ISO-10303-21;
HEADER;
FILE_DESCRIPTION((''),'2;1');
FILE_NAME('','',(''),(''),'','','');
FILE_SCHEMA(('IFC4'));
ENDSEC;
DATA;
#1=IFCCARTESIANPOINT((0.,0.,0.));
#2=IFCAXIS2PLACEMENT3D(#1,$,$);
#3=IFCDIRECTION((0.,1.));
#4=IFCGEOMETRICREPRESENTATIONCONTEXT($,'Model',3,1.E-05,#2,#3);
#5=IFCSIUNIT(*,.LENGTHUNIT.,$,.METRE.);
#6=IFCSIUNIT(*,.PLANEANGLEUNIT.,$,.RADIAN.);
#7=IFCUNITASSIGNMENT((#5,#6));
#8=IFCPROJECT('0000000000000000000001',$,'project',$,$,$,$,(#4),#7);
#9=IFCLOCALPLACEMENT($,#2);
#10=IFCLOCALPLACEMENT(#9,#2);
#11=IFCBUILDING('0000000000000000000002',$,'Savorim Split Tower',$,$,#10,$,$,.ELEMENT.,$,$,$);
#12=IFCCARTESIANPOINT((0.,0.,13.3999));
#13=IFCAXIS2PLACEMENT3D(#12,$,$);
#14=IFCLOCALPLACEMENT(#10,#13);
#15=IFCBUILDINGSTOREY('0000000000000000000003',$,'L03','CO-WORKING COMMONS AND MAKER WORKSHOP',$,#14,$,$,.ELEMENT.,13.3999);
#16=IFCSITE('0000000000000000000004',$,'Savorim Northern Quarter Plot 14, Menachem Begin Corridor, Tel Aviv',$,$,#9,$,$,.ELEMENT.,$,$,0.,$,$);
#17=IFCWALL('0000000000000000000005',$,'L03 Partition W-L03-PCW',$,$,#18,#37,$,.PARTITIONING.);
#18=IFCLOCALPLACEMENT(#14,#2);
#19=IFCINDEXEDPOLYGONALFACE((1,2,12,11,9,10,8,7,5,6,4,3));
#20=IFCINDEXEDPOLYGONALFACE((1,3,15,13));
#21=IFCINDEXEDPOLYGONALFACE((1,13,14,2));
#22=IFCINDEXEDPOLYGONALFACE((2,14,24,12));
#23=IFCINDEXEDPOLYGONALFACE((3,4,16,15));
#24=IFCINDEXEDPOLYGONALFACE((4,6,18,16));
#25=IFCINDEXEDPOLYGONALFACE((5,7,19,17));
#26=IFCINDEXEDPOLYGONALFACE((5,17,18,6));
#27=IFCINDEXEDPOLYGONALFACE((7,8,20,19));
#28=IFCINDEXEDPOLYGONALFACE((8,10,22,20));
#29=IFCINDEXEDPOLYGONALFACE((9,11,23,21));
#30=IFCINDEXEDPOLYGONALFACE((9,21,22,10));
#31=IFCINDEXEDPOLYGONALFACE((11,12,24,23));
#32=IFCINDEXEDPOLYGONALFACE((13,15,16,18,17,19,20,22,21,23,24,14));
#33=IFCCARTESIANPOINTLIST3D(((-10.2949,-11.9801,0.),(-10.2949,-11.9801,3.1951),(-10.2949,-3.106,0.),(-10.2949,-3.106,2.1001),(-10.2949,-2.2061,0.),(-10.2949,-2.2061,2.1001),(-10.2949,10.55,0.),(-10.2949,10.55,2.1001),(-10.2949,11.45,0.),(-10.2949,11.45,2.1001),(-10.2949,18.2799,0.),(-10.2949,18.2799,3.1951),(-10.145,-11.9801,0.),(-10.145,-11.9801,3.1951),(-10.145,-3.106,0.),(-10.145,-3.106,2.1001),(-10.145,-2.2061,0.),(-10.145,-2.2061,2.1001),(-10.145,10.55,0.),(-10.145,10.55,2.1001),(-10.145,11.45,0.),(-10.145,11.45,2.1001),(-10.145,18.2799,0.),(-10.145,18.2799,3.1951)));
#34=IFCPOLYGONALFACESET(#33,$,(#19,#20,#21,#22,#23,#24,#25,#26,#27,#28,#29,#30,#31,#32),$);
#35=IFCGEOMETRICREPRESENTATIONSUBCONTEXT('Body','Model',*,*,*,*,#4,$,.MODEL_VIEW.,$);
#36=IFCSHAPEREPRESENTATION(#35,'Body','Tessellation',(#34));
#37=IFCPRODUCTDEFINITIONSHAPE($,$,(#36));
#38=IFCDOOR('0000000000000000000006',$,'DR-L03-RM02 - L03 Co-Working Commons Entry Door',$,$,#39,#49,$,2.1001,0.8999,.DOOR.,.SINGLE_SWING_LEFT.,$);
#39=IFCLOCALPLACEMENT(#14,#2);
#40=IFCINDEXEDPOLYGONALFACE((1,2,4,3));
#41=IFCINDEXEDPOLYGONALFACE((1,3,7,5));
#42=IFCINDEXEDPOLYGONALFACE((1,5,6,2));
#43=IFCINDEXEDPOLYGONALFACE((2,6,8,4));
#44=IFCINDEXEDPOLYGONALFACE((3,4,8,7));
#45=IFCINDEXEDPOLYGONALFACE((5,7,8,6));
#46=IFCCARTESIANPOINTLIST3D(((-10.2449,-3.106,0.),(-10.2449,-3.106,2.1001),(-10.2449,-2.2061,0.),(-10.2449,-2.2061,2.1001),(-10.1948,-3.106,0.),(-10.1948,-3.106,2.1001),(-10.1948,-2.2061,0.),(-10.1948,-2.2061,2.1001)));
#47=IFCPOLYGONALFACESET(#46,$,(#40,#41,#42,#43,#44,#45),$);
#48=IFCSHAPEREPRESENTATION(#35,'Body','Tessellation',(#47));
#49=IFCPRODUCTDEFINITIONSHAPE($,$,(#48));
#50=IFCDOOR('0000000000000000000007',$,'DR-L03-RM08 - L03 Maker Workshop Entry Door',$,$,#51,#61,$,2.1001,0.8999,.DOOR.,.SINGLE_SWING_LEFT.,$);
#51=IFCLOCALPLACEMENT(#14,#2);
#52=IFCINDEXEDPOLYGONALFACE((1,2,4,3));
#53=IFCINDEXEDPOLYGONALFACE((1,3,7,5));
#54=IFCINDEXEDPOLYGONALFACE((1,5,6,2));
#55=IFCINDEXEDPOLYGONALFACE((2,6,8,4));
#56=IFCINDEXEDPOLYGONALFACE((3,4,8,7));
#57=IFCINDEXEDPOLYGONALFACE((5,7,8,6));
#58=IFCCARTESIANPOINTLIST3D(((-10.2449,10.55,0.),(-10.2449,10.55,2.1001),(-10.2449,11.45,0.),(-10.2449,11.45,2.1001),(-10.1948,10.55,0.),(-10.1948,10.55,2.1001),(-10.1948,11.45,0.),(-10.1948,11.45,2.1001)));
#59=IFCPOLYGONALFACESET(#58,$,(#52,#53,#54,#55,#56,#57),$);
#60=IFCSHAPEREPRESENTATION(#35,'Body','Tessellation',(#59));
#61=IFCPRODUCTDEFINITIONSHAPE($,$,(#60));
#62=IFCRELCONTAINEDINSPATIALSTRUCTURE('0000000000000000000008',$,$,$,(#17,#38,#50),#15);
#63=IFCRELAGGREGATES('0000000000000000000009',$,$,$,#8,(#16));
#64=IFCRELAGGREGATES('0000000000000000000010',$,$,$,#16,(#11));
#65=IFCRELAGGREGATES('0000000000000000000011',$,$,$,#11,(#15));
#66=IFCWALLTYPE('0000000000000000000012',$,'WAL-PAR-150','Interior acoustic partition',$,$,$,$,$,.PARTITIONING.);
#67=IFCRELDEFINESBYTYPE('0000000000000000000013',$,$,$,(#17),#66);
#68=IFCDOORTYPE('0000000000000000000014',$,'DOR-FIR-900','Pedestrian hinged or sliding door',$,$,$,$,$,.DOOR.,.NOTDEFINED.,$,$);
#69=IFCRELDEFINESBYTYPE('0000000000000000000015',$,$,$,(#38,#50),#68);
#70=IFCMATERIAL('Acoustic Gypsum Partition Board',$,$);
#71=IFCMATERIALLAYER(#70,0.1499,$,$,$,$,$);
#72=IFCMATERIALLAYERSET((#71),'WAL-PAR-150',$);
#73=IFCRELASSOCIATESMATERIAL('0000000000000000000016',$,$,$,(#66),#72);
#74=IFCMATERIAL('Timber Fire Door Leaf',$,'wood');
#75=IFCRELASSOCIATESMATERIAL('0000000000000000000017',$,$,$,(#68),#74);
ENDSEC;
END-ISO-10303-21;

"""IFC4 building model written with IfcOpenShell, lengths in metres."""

from ifc_helpers import new_model, si_unit, direction, frame, frame_2d, origin, place, context, subcontext, project, spatial, rectangle, extrude, material, layer, layer_set, type_object, element, fill, save


model = new_model("IFC4")

# Units and contexts
model_context = context("Model", 3, precision=1e-05, world=origin(), true_north=direction((0.0, 1.0)))
body_context = subcontext(model_context, "Body", "Model", "MODEL_VIEW")
ifc_project = project(units=[si_unit("LENGTHUNIT", "METRE"), si_unit("PLANEANGLEUNIT", "RADIAN")], contexts=[model_context])

# Site, building, storey
site_placement = place(None, origin())
site = spatial("IfcSite", under=ifc_project, at=site_placement, Name="Savorim Northern Quarter Plot 14, Menachem Begin Corridor, Tel Aviv", CompositionType="ELEMENT", RefElevation=0.0)
building_placement = place(site_placement, origin())
building = spatial("IfcBuilding", under=site, at=building_placement, Name="Savorim Split Tower", CompositionType="ELEMENT")
storey_placement = place(building_placement, frame((0.0, 0.0, 13.3999)))
storey = spatial("IfcBuildingStorey", under=building, at=storey_placement, Name="L03", Description="CO-WORKING COMMONS AND MAKER WORKSHOP", CompositionType="ELEMENT", Elevation=13.3999)

# Shared definitions
ifc_material_1 = material(Name="Timber Fire Door Leaf", Category="wood")

# Wall, openings, doors
ifc_material_2 = material(Name="Acoustic Gypsum Partition Board")
ifc_layer_1 = layer(ifc_material_2, 0.1499)
ifc_layer_set_1 = layer_set([ifc_layer_1], Name="WAL-PAR-150")
wall_type_1 = type_object("IfcWallType", Name="WAL-PAR-150", Description="Interior acoustic partition", PredefinedType="PARTITIONING", material=ifc_layer_set_1)
wall_1_placement = place(storey_placement, frame((-10.22, -11.98, 0.0), z_axis=(0.0, 0.0, 1.0), x_axis=(0.0, 1.0, 0.0)))
wall_1 = element("IfcWall", 1, at=wall_1_placement, inside=storey, type_object=wall_type_1, Name="L03 Partition W-L03-PCW", PredefinedType="PARTITIONING", context=body_context, shape_type="SweptSolid", body=[
    extrude(rectangle(XDim=30.26, YDim=0.1499, at=frame_2d((15.1299, 0.0))), origin(), (0.0, 0.0, 1.0), 3.1951),
])
opening_1_placement = place(wall_1_placement, frame((8.874, 0.0, 0.0)))
opening_1 = element("IfcOpeningElement", 2, at=opening_1_placement, cuts=wall_1, PredefinedType="OPENING", context=body_context, shape_type="SweptSolid", body=[
    extrude(rectangle(XDim=0.8999, YDim=2.1001, at=frame_2d((0.45, 1.05))), frame((0.0, 0.085, 0.0), z_axis=(0.0, -1.0, 0.0), x_axis=(1.0, 0.0, 0.0)), (0.0, 0.0, 1.0), 0.1699),
])
opening_2_placement = place(wall_1_placement, frame((22.53, 0.0, 0.0)))
opening_2 = element("IfcOpeningElement", 3, at=opening_2_placement, cuts=wall_1, PredefinedType="OPENING", context=body_context, shape_type="SweptSolid", body=[
    extrude(rectangle(XDim=0.8999, YDim=2.1001, at=frame_2d((0.45, 1.05))), frame((0.0, 0.085, 0.0), z_axis=(0.0, -1.0, 0.0), x_axis=(1.0, 0.0, 0.0)), (0.0, 0.0, 1.0), 0.1699),
])
door_type_1 = type_object("IfcDoorType", Name="DOR-FIR-900", Description="Pedestrian hinged or sliding door", OperationType="NOTDEFINED", PredefinedType="DOOR", material=ifc_material_1)
door_1_placement = place(opening_1_placement, origin())
door_1 = element("IfcDoor", 4, at=door_1_placement, inside=storey, type_object=door_type_1, Name="DR-L03-RM02 - L03 Co-Working Commons Entry Door", OperationType="SINGLE_SWING_LEFT", OverallHeight=2.1001, OverallWidth=0.8999, PredefinedType="DOOR", context=body_context, shape_type="SweptSolid", body=[
    extrude(rectangle(XDim=0.8999, YDim=2.1001, at=frame_2d((0.45, 1.05))), frame((0.0, 0.0249, 0.0), z_axis=(0.0, -1.0, 0.0), x_axis=(1.0, 0.0, 0.0)), (0.0, 0.0, 1.0), 0.05),
])
fill(opening_1, door_1)
door_2_placement = place(opening_2_placement, origin())
door_2 = element("IfcDoor", 5, at=door_2_placement, inside=storey, type_object=door_type_1, Name="DR-L03-RM08 - L03 Maker Workshop Entry Door", OperationType="SINGLE_SWING_LEFT", OverallHeight=2.1001, OverallWidth=0.8999, PredefinedType="DOOR", context=body_context, shape_type="SweptSolid", body=[
    extrude(rectangle(XDim=0.8999, YDim=2.1001, at=frame_2d((0.45, 1.05))), frame((0.0, 0.0249, 0.0), z_axis=(0.0, -1.0, 0.0), x_axis=(1.0, 0.0, 0.0)), (0.0, 0.0, 1.0), 0.05),
])
fill(opening_2, door_2)

save(model, "model.ifc")
